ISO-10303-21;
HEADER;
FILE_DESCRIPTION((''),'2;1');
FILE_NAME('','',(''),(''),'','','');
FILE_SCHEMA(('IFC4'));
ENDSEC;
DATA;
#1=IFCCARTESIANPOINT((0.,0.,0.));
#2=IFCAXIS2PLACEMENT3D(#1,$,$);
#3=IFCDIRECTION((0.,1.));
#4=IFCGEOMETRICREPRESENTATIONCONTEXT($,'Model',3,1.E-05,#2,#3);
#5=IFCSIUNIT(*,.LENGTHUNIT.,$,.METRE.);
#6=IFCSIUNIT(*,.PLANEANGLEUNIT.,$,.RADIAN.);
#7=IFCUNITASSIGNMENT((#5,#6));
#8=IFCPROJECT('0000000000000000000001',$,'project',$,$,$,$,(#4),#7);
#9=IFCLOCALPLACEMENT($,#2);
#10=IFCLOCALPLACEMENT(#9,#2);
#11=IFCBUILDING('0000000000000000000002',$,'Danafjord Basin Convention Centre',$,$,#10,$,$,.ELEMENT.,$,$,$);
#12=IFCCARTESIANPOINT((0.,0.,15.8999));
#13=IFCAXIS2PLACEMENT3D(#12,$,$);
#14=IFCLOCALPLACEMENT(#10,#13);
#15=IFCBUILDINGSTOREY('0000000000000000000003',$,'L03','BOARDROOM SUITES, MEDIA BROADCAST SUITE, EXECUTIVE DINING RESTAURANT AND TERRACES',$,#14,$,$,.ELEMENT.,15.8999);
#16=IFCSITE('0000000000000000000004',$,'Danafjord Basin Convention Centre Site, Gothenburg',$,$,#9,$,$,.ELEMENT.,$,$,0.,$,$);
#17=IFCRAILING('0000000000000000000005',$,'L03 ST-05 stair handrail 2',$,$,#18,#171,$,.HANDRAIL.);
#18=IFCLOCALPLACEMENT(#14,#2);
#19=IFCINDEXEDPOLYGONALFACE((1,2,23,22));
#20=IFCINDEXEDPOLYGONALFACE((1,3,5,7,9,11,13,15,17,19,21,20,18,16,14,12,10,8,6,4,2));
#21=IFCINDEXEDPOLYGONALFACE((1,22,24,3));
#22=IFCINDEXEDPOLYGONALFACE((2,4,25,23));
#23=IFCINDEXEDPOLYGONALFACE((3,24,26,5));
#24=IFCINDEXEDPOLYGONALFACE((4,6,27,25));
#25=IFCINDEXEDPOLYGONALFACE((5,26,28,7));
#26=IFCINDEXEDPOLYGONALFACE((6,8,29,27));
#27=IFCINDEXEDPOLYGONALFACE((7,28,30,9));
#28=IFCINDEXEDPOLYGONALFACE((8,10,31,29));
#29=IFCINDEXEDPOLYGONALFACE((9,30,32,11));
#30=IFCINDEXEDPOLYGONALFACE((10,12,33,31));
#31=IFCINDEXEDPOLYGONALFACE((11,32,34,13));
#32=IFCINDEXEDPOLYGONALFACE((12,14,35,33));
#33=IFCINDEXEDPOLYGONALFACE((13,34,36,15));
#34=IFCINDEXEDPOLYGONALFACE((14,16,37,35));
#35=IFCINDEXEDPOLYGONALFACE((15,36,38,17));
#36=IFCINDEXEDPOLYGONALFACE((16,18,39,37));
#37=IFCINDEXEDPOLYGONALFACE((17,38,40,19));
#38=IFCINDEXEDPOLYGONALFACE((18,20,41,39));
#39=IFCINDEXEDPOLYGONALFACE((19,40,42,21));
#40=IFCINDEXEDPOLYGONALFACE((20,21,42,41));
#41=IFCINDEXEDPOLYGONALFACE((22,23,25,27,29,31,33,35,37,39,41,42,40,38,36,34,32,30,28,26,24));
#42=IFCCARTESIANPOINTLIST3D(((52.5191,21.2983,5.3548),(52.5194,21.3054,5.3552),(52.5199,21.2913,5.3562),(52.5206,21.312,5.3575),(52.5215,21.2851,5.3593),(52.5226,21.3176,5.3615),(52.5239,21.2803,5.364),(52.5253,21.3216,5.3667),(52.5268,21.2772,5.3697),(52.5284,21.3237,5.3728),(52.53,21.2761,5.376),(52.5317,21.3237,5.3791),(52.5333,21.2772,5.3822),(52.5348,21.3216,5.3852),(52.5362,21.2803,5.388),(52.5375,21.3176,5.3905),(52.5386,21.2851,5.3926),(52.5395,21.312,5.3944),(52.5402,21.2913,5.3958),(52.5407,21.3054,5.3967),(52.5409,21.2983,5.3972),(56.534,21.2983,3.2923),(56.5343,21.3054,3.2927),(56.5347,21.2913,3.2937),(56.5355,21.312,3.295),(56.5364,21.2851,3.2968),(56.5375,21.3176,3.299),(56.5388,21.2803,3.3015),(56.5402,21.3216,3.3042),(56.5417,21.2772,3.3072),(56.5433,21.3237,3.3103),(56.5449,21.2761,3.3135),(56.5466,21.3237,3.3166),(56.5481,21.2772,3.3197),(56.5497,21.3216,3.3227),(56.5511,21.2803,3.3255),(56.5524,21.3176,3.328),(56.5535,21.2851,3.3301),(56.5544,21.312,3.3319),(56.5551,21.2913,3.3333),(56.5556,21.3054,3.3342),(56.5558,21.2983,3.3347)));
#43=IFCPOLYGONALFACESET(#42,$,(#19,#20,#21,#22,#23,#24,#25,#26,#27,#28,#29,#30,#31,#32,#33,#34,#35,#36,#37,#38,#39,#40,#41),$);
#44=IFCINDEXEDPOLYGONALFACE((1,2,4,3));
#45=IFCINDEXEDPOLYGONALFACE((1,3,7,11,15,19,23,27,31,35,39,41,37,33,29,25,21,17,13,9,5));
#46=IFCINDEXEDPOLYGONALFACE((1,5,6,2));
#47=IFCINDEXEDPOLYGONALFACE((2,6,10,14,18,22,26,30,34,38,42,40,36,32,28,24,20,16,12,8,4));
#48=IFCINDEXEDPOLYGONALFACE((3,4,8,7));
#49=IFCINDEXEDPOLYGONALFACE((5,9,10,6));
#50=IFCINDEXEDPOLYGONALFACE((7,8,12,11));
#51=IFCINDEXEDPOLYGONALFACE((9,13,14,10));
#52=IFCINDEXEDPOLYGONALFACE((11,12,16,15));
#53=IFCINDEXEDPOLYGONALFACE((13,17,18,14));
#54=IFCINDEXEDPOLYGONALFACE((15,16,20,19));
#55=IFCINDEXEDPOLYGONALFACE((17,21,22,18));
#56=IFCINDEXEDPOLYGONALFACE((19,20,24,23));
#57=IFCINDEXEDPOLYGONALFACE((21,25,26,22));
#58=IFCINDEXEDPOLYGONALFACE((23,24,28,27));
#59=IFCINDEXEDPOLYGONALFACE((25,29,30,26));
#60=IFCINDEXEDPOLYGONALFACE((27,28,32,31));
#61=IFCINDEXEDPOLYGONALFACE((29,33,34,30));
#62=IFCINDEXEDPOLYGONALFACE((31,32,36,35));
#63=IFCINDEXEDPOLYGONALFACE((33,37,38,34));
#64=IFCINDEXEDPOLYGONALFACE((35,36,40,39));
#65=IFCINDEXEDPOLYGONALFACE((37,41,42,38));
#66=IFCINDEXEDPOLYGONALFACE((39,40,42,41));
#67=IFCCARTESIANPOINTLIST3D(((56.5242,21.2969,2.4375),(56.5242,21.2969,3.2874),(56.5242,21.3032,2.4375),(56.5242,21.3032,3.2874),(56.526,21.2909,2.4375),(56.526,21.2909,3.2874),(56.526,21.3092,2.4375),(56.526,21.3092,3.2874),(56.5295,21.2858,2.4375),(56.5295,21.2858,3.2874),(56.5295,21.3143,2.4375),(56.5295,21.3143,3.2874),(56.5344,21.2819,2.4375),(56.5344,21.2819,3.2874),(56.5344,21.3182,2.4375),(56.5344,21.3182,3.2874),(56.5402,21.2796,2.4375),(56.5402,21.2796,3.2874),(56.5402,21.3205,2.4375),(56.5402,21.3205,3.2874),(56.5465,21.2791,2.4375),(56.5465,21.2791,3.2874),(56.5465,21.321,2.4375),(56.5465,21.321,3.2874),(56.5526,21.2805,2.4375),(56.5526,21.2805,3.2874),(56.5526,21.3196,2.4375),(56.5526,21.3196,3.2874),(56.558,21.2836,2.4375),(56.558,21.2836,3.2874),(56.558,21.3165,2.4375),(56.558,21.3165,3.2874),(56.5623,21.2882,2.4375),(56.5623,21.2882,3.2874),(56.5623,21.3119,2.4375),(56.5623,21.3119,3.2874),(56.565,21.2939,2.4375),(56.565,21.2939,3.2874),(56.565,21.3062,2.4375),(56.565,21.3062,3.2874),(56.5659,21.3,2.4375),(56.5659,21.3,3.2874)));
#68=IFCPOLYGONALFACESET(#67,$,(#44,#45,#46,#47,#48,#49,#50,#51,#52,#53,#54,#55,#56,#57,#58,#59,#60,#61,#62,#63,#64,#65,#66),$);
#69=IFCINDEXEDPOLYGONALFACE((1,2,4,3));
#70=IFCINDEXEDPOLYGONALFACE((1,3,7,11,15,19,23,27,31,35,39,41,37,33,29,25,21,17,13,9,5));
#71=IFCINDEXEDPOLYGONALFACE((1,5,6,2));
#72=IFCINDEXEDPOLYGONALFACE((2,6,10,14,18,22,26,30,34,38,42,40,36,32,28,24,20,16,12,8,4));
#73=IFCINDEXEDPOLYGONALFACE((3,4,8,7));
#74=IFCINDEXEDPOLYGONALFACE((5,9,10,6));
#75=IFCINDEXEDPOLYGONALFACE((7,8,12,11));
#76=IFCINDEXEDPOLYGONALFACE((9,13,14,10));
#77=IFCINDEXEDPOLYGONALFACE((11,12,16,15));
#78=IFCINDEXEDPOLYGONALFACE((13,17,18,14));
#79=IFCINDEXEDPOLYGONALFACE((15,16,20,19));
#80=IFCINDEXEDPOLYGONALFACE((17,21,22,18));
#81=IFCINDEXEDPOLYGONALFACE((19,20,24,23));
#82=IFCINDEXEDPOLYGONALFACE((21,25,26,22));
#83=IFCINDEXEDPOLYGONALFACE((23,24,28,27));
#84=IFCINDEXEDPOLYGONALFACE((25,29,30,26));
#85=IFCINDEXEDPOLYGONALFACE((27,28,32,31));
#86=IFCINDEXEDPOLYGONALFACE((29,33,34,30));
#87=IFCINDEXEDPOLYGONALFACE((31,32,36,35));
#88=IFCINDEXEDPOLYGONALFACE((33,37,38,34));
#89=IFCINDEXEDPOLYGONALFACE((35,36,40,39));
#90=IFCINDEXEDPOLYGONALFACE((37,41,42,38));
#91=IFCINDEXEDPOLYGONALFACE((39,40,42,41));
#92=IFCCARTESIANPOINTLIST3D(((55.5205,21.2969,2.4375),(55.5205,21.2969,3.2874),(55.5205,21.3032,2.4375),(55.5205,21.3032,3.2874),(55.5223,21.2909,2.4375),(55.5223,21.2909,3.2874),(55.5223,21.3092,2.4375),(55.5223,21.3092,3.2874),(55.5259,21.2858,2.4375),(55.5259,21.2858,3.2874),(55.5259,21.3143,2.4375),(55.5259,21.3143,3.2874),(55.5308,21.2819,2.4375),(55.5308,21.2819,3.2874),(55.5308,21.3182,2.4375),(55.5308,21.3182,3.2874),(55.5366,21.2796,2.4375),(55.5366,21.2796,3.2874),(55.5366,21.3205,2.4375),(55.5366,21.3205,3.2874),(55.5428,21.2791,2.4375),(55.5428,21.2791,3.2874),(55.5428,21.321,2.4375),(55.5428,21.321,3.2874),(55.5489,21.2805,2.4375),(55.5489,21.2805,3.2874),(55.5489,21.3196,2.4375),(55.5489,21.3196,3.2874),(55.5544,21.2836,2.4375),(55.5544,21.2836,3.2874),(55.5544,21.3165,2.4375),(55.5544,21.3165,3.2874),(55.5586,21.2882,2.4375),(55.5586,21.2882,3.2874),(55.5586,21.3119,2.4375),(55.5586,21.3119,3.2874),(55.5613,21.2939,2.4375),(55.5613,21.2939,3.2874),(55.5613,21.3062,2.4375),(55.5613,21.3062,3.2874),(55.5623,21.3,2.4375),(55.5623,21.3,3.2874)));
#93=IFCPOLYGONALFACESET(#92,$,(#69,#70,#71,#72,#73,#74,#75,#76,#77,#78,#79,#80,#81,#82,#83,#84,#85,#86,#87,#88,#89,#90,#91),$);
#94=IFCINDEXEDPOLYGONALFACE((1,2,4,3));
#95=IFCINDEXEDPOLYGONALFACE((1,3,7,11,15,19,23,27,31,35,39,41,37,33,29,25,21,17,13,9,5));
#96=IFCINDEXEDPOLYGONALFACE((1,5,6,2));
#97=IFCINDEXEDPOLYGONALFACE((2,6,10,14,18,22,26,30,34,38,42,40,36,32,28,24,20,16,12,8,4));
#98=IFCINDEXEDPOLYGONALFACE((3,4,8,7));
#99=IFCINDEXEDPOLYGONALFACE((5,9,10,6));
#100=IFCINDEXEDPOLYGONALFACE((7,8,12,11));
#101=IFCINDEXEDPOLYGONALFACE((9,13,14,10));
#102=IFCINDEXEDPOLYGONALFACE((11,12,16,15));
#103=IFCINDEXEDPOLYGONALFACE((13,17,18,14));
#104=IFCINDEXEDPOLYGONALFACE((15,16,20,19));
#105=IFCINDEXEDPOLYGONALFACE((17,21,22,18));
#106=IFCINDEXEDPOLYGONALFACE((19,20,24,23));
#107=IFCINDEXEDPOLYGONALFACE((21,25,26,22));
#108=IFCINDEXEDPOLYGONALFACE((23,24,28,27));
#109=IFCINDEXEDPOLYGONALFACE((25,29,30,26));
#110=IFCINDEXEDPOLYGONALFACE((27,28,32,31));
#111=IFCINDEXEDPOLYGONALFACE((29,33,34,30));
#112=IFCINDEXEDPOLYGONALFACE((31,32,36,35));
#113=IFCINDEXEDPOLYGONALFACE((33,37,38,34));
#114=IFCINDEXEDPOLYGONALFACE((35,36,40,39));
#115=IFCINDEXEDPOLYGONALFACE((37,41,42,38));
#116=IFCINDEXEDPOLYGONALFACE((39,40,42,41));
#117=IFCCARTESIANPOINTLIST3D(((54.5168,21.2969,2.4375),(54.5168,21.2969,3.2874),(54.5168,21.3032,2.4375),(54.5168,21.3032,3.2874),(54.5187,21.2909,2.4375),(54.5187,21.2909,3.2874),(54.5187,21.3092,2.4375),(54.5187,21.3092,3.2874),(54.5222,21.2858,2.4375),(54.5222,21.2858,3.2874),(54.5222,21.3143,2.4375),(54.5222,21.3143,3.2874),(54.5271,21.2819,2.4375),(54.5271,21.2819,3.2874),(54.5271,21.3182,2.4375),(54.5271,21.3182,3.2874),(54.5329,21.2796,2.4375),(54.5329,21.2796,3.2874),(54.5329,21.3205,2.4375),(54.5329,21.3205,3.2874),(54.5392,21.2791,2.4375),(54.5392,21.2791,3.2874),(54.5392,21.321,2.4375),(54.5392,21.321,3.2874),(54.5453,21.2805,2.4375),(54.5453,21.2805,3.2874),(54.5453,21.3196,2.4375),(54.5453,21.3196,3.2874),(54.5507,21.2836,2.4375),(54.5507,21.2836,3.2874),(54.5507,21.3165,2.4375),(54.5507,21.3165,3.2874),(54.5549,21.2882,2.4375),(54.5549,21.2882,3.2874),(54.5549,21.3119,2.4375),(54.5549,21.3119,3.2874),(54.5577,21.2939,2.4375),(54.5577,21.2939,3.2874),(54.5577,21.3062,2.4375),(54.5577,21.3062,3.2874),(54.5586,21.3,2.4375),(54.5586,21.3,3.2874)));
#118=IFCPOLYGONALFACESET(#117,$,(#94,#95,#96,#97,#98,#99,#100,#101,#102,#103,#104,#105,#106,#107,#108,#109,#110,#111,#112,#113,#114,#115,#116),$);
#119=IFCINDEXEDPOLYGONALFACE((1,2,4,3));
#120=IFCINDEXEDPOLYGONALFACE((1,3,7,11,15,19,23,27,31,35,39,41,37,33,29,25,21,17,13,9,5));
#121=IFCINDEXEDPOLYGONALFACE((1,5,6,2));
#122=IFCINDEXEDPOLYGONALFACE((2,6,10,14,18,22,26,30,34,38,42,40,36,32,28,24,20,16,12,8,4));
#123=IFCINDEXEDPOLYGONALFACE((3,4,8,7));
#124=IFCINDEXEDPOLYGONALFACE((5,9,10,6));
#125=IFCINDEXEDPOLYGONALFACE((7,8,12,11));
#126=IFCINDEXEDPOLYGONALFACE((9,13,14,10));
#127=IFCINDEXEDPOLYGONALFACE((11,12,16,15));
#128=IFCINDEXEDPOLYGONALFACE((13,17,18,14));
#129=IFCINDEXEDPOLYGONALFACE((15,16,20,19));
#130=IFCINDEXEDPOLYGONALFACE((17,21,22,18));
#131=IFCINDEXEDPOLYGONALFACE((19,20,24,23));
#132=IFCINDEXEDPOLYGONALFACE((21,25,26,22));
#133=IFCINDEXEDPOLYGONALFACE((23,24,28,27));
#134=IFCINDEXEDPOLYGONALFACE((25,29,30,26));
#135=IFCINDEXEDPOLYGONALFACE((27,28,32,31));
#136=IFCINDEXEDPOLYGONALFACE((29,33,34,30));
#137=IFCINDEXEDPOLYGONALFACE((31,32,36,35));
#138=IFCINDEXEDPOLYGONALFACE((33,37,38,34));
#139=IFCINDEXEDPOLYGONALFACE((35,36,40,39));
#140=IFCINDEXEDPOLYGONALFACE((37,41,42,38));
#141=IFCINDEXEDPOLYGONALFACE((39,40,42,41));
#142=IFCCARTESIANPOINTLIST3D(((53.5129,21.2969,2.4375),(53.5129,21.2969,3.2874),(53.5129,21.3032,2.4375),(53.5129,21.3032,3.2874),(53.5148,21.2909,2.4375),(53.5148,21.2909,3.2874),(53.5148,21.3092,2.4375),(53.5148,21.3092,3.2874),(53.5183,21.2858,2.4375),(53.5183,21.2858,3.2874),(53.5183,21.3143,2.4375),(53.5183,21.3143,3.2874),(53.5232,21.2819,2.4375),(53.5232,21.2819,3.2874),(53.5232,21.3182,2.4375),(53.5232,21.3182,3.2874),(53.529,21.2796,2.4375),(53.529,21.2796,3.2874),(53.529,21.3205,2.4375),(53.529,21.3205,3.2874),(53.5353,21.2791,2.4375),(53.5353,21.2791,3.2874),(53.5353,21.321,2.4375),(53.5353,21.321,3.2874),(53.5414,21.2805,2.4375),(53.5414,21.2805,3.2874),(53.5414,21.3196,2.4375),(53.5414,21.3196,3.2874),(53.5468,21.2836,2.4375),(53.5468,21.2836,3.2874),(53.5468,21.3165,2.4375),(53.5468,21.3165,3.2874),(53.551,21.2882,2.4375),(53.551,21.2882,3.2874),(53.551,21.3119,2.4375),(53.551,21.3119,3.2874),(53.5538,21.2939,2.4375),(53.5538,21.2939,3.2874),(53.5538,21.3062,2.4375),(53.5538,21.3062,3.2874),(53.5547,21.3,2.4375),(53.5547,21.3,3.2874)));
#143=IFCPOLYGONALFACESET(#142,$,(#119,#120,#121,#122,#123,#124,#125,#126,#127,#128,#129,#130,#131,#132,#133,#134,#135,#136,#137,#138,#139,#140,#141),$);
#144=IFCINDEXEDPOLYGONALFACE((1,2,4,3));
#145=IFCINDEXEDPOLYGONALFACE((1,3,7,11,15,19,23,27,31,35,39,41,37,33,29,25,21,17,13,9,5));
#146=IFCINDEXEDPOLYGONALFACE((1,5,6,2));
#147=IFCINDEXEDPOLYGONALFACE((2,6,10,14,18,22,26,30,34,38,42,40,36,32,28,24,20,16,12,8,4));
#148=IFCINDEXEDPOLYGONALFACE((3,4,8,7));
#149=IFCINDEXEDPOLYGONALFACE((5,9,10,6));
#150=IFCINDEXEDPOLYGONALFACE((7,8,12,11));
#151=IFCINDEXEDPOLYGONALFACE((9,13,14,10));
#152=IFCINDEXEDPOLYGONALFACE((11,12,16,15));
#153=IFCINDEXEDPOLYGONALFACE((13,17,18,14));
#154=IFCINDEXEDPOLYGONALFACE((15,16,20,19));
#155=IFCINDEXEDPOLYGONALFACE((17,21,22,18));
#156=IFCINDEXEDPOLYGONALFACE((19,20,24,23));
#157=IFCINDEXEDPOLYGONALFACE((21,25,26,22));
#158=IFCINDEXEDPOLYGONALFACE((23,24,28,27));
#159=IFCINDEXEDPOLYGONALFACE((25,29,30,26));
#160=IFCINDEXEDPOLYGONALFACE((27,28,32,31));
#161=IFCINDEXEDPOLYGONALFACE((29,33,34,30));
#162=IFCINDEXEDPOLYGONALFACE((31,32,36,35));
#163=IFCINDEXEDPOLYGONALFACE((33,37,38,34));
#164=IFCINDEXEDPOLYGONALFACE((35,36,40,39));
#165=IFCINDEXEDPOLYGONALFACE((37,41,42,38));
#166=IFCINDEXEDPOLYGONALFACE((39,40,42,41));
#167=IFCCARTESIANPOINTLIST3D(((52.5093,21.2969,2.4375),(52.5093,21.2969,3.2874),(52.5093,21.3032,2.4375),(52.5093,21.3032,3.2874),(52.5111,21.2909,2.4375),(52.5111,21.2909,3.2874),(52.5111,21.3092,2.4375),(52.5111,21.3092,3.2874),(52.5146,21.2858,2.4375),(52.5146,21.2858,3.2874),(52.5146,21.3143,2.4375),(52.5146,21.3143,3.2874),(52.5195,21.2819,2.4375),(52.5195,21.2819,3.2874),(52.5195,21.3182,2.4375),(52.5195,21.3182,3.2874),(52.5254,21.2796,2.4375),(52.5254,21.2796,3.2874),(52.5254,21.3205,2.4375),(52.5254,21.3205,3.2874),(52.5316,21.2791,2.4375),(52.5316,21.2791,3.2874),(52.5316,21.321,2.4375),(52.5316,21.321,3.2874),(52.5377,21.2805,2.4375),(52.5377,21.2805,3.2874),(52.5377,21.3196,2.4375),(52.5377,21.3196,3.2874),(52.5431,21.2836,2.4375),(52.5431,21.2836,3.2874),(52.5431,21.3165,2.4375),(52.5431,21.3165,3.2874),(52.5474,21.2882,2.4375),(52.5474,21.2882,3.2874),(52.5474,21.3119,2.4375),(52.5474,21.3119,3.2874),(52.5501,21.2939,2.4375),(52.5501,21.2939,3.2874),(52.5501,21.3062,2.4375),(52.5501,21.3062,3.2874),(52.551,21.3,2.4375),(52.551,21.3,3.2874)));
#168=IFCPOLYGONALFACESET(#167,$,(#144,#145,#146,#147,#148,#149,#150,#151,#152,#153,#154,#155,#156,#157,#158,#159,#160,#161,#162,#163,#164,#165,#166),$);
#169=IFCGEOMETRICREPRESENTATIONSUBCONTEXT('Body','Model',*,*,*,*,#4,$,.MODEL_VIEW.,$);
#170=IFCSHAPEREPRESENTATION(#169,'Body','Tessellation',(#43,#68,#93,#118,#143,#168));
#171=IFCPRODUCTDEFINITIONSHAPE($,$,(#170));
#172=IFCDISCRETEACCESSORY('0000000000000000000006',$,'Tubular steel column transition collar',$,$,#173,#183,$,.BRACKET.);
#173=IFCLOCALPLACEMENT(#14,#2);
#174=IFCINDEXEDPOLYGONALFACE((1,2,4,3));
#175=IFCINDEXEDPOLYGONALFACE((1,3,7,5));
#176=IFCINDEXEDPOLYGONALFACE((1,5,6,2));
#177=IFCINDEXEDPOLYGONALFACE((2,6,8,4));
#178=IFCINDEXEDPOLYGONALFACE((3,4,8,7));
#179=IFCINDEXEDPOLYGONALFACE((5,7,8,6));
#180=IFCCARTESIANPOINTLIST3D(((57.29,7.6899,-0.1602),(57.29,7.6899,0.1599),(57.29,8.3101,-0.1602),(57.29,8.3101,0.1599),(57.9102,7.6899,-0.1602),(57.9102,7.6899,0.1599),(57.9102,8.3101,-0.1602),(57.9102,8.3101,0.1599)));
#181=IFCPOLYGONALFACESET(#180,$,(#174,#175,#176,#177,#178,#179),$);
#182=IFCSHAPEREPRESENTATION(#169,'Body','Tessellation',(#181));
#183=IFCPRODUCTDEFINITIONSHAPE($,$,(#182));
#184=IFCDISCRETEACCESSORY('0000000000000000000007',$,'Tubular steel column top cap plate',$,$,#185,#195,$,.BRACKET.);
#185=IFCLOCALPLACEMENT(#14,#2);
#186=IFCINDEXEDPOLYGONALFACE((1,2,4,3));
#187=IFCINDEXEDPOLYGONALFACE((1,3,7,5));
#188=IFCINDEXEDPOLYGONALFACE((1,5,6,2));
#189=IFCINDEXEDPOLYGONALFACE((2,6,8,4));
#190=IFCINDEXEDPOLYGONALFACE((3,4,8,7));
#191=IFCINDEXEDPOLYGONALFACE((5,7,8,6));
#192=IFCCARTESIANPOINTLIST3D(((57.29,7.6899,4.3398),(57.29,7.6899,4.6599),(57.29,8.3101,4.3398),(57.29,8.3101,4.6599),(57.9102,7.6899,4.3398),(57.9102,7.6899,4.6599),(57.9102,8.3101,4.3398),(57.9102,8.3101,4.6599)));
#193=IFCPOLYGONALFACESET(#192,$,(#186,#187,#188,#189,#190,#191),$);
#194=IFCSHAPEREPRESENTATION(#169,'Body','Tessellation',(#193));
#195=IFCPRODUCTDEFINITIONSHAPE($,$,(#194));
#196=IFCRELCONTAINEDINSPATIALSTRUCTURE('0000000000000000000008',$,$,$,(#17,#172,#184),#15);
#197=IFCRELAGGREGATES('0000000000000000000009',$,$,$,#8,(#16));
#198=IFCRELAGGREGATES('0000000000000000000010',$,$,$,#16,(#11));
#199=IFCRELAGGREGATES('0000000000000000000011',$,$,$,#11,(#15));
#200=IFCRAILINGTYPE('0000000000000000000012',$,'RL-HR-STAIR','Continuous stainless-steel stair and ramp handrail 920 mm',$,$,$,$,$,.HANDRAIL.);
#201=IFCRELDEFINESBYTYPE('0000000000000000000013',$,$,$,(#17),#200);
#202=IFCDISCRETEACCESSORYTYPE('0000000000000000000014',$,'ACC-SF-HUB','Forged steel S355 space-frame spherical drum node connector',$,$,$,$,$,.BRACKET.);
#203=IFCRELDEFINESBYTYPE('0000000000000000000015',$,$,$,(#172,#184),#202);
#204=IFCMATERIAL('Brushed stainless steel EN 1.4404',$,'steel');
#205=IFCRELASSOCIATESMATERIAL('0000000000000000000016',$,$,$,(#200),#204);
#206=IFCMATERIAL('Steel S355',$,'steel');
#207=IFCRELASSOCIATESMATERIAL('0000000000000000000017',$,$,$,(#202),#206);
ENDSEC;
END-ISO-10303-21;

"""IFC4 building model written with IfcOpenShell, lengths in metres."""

from ifc_helpers import new_model, si_unit, direction, frame, origin, origin_2d, place, context, subcontext, project, spatial, rectangle, circle, extrude, material, type_object, element, save


model = new_model("IFC4")

# Units and contexts
model_context = context("Model", 3, precision=1e-05, world=origin(), true_north=direction((0.0, 1.0)))
body_context = subcontext(model_context, "Body", "Model", "MODEL_VIEW")
ifc_project = project(units=[si_unit("LENGTHUNIT", "METRE"), si_unit("PLANEANGLEUNIT", "RADIAN")], contexts=[model_context])

# Site, building, storey
site_placement = place(None, origin())
site = spatial("IfcSite", under=ifc_project, at=site_placement, Name="Danafjord Basin Convention Centre Site, Gothenburg", CompositionType="ELEMENT", RefElevation=0.0)
building_placement = place(site_placement, origin())
building = spatial("IfcBuilding", under=site, at=building_placement, Name="Danafjord Basin Convention Centre", CompositionType="ELEMENT")
storey_placement = place(building_placement, frame((0.0, 0.0, 15.8999)))
storey = spatial("IfcBuildingStorey", under=building, at=storey_placement, Name="L03", Description="BOARDROOM SUITES, MEDIA BROADCAST SUITE, EXECUTIVE DINING RESTAURANT AND TERRACES", CompositionType="ELEMENT", Elevation=15.8999)

# Shared definitions
ifc_material_1 = material(Name="Steel S355", Category="steel")

# Railing
ifc_material_2 = material(Name="Brushed stainless steel EN 1.4404", Category="steel")
railing_type_1 = type_object("IfcRailingType", Name="RL-HR-STAIR", Description="Continuous stainless-steel stair and ramp handrail 920 mm", PredefinedType="HANDRAIL", material=ifc_material_2)
railing_1_placement = place(storey_placement, frame((56.5449, 21.3, 2.4375)))
element("IfcRailing", 1, at=railing_1_placement, inside=storey, type_object=railing_type_1, Name="L03 ST-05 stair handrail 2", PredefinedType="HANDRAIL", context=body_context, shape_type="SweptSolid", body=[
    extrude(circle(Radius=0.0239, at=origin_2d()), frame((0.0, 0.0, 0.876), z_axis=(-0.889495, 0.0, 0.456945), x_axis=(0.0, -1.0, 0.0)), (0.0, 0.0, 1.0), 4.5137),
    extrude(circle(Radius=0.021, at=origin_2d()), origin(), (0.0, 0.0, 1.0), 0.8499),
    extrude(circle(Radius=0.021, at=origin_2d()), frame((-1.0037, 0.0, 0.0)), (0.0, 0.0, 1.0), 0.8499),
    extrude(circle(Radius=0.021, at=origin_2d()), frame((-2.0073, 0.0, 0.0)), (0.0, 0.0, 1.0), 0.8499),
    extrude(circle(Radius=0.021, at=origin_2d()), frame((-3.0112, 0.0, 0.0)), (0.0, 0.0, 1.0), 0.8499),
    extrude(circle(Radius=0.021, at=origin_2d()), frame((-4.0149, 0.0, 0.0)), (0.0, 0.0, 1.0), 0.8499),
])

# Discrete accessories
discrete_accessory_type = type_object("IfcDiscreteAccessoryType", Name="ACC-SF-HUB", Description="Forged steel S355 space-frame spherical drum node connector", PredefinedType="BRACKET", material=ifc_material_1)
for number, where, z_axis, x_axis, name in (
    (2, (57.6001, 8.0, -0.1602), (0.0, 0.0, 1.0), (1.0, 0.0, 0.0), "Tubular steel column transition collar"),
    (3, (57.6001, 8.0, 4.3398), (0.0, 0.0, 1.0), (1.0, 0.0, 0.0), "Tubular steel column top cap plate"),
):
    element("IfcDiscreteAccessory", number, at=place(storey_placement, frame(where, z_axis=z_axis, x_axis=x_axis)), inside=storey, type_object=discrete_accessory_type, Name=name, PredefinedType="BRACKET", context=body_context, shape_type="SweptSolid", body=[
        extrude(rectangle(XDim=0.6201, YDim=0.6201, at=origin_2d()), origin(), (0.0, 0.0, 1.0), 0.3201),
    ])

save(model, "model.ifc")
